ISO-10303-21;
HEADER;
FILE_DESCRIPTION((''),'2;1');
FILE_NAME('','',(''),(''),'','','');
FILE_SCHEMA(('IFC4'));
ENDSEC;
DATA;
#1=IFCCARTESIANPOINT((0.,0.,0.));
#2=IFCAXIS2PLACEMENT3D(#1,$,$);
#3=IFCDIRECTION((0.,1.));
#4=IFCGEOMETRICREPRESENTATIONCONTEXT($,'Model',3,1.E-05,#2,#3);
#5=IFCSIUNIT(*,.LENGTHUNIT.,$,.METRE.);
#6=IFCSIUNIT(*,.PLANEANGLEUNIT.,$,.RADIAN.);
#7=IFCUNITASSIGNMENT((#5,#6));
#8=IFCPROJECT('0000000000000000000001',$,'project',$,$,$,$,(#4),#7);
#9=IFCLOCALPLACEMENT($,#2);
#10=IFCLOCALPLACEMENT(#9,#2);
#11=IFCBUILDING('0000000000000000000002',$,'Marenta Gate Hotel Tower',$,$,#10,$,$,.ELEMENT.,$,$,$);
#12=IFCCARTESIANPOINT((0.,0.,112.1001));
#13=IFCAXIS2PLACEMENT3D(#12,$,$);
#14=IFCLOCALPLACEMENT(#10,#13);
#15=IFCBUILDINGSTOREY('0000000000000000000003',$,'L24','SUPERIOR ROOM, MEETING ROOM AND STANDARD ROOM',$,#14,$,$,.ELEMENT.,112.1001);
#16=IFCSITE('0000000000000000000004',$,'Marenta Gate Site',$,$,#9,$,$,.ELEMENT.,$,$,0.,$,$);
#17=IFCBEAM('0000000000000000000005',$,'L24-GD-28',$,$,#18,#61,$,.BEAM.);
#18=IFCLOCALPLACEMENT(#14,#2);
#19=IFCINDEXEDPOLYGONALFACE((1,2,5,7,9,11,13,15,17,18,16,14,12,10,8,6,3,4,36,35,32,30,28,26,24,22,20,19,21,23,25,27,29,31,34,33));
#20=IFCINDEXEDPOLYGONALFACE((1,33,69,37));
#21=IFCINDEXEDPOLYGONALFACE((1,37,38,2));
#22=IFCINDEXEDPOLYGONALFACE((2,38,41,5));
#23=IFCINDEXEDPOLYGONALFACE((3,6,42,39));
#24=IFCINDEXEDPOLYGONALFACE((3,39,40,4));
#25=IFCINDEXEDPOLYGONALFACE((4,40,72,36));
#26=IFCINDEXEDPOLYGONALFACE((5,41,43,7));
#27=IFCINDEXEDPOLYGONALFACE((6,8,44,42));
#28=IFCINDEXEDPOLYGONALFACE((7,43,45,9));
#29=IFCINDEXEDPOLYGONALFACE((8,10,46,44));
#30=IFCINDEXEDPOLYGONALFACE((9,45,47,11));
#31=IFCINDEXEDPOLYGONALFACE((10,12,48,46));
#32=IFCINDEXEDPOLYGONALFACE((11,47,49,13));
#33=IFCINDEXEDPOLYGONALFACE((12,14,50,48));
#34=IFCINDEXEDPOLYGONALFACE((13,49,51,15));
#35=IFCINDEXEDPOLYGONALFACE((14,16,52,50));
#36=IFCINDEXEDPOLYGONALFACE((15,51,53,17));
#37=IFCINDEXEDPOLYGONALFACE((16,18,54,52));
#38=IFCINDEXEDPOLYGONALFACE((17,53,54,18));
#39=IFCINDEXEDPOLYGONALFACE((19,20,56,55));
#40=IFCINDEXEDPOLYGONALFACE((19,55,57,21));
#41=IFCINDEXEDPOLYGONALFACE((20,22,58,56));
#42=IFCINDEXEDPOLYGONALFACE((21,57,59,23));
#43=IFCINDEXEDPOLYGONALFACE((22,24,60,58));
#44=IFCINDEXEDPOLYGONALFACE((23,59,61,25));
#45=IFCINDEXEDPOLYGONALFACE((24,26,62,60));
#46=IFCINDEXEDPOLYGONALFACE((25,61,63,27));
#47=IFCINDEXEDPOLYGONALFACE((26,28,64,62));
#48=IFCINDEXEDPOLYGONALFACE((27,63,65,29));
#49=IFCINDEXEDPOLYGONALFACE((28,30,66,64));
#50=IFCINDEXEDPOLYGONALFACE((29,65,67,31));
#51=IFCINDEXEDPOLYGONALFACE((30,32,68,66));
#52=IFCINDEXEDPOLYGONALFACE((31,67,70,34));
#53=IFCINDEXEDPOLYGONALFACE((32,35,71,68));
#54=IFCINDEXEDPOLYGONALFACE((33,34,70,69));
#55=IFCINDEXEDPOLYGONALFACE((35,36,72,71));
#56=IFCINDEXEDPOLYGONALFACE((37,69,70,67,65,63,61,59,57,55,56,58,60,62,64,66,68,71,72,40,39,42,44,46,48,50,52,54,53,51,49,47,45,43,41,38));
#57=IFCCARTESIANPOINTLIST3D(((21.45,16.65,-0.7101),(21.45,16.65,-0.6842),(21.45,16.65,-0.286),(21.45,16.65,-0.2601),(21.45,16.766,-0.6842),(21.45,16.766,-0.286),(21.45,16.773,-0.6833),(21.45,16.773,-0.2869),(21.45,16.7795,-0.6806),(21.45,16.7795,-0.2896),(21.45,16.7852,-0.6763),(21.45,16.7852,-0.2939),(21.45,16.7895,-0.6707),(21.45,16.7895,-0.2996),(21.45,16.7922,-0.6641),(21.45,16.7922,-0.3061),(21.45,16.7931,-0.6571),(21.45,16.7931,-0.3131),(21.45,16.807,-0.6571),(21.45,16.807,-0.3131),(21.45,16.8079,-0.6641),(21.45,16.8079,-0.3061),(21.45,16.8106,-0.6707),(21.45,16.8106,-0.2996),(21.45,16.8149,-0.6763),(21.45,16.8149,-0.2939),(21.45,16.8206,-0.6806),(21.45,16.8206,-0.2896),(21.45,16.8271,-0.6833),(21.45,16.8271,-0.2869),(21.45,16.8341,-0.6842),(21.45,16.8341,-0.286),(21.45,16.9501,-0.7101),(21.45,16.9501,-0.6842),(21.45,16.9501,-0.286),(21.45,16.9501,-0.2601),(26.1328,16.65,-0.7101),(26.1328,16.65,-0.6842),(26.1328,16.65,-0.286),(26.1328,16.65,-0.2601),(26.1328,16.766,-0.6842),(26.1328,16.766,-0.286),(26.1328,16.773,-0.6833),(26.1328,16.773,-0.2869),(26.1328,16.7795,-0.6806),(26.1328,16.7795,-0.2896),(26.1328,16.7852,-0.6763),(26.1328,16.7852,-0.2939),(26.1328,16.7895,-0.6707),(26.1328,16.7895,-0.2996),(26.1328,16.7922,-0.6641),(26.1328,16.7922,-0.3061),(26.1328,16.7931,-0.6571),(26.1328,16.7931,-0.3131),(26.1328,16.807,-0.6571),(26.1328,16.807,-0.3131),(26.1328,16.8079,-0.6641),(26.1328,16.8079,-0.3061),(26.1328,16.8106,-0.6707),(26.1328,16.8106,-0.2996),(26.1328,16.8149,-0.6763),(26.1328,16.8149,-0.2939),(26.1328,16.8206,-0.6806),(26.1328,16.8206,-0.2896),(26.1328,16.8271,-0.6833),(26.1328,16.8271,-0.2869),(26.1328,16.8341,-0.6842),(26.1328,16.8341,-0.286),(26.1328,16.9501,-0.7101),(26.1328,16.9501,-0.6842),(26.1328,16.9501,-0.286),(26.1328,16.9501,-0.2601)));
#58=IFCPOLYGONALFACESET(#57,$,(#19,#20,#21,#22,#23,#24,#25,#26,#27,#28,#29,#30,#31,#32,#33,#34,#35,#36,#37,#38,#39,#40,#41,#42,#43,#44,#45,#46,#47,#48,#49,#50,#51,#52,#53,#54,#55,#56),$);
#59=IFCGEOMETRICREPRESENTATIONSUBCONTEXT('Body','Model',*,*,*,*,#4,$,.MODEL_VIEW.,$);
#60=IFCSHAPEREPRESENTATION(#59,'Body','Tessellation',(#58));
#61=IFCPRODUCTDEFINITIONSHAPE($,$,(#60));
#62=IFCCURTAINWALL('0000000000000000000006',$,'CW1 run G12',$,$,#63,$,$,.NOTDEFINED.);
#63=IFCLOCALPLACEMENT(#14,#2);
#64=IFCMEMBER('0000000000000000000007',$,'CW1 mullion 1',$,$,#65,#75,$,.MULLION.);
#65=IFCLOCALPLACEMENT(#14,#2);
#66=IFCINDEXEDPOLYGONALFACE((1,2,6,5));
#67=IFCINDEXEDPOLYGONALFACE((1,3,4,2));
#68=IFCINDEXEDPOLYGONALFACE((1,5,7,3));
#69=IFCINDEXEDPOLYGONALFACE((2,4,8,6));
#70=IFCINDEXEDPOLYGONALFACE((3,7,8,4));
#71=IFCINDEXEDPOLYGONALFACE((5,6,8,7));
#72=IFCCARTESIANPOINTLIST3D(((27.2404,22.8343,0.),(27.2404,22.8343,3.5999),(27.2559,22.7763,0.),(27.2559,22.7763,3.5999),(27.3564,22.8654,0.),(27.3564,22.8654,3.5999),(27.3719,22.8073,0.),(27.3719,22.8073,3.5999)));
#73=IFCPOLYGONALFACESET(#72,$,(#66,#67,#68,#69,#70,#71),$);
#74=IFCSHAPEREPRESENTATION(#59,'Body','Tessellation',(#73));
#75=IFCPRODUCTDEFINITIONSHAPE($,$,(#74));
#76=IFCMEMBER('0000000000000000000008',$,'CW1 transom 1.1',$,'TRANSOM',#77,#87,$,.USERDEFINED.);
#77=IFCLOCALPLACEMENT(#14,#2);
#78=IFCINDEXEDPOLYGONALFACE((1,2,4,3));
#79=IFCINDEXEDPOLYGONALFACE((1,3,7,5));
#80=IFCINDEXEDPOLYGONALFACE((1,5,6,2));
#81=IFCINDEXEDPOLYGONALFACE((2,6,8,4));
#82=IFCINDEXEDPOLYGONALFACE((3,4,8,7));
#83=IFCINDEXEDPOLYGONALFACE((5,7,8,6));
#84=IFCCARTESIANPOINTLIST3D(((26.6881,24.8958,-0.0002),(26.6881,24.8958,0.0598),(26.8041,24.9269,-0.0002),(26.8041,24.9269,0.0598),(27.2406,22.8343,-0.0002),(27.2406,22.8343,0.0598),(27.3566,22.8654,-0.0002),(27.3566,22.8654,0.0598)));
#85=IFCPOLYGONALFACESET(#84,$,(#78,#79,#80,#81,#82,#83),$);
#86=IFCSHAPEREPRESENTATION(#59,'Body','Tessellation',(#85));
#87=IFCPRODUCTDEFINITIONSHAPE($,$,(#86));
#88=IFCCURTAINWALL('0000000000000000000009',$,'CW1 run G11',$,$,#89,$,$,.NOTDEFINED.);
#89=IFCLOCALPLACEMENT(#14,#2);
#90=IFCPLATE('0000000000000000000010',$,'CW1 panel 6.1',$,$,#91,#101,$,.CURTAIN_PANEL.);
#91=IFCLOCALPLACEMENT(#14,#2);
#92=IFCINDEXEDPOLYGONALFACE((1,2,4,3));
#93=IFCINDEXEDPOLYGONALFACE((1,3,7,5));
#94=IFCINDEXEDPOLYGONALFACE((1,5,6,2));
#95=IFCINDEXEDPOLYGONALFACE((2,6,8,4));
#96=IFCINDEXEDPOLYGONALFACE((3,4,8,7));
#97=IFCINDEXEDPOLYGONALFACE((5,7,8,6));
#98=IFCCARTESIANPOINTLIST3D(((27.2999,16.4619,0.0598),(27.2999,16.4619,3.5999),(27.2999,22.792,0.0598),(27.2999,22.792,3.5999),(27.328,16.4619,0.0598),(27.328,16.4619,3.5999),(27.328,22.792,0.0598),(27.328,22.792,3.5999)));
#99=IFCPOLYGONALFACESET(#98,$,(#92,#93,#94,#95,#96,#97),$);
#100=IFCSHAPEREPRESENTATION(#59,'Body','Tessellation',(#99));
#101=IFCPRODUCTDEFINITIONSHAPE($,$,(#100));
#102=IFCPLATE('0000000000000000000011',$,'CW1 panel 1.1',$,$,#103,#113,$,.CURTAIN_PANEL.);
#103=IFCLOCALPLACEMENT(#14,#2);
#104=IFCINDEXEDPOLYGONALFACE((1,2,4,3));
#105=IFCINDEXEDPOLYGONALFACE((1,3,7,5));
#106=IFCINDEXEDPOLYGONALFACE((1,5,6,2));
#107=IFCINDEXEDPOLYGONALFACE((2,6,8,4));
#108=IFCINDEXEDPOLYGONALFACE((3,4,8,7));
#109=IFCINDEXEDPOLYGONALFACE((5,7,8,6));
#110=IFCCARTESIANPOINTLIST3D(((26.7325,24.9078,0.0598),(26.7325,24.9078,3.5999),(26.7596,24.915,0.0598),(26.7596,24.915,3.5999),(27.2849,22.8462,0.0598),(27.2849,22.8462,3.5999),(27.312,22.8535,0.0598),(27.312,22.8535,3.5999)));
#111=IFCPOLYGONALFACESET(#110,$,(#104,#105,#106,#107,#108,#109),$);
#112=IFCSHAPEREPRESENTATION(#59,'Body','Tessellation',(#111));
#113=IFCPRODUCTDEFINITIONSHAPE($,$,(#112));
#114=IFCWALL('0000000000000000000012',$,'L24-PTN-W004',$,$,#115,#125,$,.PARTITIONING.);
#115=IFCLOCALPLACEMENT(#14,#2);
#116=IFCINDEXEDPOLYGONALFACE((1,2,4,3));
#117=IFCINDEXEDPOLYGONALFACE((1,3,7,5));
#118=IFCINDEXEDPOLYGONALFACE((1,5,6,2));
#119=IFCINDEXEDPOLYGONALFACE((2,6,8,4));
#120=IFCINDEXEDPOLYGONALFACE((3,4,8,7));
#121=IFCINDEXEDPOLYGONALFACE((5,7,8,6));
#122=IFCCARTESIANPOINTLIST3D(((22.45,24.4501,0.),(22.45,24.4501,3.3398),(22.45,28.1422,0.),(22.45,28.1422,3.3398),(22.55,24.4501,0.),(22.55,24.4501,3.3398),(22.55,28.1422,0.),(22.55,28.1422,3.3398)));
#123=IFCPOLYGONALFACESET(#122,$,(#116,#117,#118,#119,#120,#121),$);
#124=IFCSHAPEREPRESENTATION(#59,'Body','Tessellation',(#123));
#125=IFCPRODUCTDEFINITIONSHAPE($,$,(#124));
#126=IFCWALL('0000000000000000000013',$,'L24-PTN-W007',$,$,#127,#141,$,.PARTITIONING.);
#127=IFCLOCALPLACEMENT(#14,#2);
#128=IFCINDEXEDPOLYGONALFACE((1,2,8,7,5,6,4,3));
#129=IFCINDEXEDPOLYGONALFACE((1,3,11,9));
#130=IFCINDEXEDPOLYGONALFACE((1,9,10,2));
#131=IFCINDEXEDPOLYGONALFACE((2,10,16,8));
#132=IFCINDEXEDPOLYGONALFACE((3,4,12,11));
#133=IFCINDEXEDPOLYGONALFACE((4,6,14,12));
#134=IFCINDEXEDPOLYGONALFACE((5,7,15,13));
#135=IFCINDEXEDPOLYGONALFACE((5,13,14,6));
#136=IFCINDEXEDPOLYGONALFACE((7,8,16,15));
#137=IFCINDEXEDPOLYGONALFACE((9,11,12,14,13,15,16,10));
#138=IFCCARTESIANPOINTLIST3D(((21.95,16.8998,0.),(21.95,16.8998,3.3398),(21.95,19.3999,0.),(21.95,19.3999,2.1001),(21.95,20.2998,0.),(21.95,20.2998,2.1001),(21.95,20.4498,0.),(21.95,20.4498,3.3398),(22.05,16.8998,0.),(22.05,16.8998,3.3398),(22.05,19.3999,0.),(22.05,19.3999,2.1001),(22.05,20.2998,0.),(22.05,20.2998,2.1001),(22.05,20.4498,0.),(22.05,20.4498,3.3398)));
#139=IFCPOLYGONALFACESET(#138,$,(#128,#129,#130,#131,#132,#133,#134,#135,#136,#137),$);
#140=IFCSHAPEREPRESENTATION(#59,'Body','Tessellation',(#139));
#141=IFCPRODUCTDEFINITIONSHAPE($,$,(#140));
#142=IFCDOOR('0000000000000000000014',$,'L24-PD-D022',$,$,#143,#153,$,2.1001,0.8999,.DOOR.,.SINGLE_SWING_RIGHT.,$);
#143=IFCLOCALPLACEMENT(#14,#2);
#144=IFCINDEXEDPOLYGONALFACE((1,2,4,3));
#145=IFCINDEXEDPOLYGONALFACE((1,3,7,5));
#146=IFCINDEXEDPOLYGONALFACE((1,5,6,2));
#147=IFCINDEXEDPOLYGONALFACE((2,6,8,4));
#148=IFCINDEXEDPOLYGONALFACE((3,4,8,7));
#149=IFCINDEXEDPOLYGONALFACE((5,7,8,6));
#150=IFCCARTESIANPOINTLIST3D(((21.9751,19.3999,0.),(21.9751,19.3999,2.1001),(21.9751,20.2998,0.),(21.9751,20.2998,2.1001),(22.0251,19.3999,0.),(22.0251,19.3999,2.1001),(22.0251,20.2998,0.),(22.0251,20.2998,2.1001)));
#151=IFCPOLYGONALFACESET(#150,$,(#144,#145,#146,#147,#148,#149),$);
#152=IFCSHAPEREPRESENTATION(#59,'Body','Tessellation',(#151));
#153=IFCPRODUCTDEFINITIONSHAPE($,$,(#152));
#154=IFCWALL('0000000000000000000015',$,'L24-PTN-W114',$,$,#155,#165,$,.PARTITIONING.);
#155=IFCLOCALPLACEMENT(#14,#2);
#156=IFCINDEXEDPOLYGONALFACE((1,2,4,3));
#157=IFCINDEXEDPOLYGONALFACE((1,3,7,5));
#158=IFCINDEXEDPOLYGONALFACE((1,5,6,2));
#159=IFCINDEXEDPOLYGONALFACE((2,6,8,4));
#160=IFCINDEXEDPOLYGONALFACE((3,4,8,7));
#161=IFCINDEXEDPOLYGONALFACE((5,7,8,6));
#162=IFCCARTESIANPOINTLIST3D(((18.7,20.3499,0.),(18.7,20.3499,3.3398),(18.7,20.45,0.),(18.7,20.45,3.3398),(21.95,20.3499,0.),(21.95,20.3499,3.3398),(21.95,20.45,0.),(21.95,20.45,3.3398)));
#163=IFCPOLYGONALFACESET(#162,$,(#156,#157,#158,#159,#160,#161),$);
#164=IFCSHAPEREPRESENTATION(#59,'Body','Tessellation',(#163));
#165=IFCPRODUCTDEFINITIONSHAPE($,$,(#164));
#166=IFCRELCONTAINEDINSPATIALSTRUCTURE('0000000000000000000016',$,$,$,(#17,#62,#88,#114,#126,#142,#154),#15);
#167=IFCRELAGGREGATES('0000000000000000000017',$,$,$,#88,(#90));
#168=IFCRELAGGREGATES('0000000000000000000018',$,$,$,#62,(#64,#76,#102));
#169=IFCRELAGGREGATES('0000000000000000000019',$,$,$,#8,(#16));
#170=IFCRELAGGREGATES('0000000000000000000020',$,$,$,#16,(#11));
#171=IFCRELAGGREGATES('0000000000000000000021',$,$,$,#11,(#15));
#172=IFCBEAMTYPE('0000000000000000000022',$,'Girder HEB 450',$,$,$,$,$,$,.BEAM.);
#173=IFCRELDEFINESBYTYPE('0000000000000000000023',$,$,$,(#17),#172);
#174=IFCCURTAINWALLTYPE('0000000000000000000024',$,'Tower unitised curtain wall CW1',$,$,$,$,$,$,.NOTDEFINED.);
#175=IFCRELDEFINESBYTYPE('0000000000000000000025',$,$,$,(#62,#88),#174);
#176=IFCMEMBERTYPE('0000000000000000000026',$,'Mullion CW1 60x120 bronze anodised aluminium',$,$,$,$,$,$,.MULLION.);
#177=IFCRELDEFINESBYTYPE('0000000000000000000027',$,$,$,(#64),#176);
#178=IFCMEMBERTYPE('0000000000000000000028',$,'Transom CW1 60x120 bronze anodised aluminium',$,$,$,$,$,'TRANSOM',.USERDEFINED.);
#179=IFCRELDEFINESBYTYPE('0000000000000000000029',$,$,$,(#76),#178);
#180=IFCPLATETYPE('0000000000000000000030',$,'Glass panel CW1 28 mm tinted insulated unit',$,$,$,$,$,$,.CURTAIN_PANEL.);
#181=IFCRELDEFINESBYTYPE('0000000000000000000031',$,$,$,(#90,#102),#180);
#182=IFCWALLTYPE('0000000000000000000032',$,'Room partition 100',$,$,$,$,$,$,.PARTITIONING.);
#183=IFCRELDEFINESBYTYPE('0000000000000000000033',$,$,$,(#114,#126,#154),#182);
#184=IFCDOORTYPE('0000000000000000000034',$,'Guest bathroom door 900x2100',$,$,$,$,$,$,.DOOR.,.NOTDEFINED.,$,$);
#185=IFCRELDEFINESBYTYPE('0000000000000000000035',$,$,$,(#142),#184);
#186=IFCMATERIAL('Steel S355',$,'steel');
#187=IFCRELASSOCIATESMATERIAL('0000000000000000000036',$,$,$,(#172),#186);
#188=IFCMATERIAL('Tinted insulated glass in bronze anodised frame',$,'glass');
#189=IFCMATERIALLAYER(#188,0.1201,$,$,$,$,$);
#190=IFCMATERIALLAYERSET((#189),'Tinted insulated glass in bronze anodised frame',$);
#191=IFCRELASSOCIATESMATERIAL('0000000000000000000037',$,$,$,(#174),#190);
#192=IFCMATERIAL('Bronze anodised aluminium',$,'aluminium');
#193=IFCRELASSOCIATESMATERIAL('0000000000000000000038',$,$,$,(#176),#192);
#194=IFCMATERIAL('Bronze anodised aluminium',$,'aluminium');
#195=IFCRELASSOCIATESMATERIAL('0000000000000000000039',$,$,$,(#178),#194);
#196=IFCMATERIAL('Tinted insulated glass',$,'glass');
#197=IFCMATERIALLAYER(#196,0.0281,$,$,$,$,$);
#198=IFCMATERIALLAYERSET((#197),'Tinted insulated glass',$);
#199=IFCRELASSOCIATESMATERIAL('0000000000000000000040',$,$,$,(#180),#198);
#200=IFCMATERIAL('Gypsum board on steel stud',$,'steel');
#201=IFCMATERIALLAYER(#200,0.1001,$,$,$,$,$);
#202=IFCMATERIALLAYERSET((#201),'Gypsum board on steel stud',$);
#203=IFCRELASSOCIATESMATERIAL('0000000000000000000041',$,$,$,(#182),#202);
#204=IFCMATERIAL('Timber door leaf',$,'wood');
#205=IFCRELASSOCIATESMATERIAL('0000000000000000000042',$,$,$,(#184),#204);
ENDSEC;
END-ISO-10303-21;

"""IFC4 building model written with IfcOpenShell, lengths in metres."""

from ifc_helpers import new_model, si_unit, direction, frame, frame_2d, origin, origin_2d, place, context, subcontext, project, spatial, rectangle, i_section, extrude, material, layer, layer_set, material_profile, profile_set, type_object, element, fill, aggregate, save


model = new_model("IFC4")

# Units and contexts
model_context = context("Model", 3, precision=1e-05, world=origin(), true_north=direction((0.0, 1.0)))
body_context = subcontext(model_context, "Body", "Model", "MODEL_VIEW")
ifc_project = project(units=[si_unit("LENGTHUNIT", "METRE"), si_unit("PLANEANGLEUNIT", "RADIAN")], contexts=[model_context])

# Site, building, storey
site_placement = place(None, origin())
site = spatial("IfcSite", under=ifc_project, at=site_placement, Name="Marenta Gate Site", CompositionType="ELEMENT", RefElevation=0.0)
building_placement = place(site_placement, origin())
building = spatial("IfcBuilding", under=site, at=building_placement, Name="Marenta Gate Hotel Tower", CompositionType="ELEMENT")
storey_placement = place(building_placement, frame((0.0, 0.0, 112.1001)))
storey = spatial("IfcBuildingStorey", under=building, at=storey_placement, Name="L24", Description="SUPERIOR ROOM, MEETING ROOM AND STANDARD ROOM", CompositionType="ELEMENT", Elevation=112.1001)

# Beam
ifc_material_1 = material(Name="Steel S355", Category="steel")
ifc_material_profile_1 = material_profile(ifc_material_1, i_section(OverallWidth=0.3, OverallDepth=0.45, WebThickness=0.0139, FlangeThickness=0.0259, FilletRadius=0.0271, at=origin_2d()), Name="HEB 450")
ifc_profile_set_1 = profile_set([ifc_material_profile_1], Name="Steel S355")
beam_type_1 = type_object("IfcBeamType", Name="Girder HEB 450", PredefinedType="BEAM", material=ifc_profile_set_1)
beam_1_placement = place(storey_placement, frame((21.45, 16.8, -0.4851), z_axis=(1.0, 0.0, 0.0), x_axis=(0.0, 1.0, 0.0)))
element("IfcBeam", 1, at=beam_1_placement, inside=storey, type_object=beam_type_1, Name="L24-GD-28", PredefinedType="BEAM", context=body_context, shape_type="SweptSolid", body=[
    extrude(i_section(OverallWidth=0.3, OverallDepth=0.45, WebThickness=0.0139, FlangeThickness=0.0259, FilletRadius=0.0271, at=origin_2d()), origin(), (0.0, 0.0, 1.0), 4.6829),
])

# Curtain wall, members
ifc_material_2 = material(Name="Tinted insulated glass in bronze anodised frame", Category="glass")
ifc_layer_1 = layer(ifc_material_2, 0.1201)
ifc_layer_set_1 = layer_set([ifc_layer_1], Name="Tinted insulated glass in bronze anodised frame")
curtain_wall_type = type_object("IfcCurtainWallType", Name="Tower unitised curtain wall CW1", PredefinedType="NOTDEFINED", material=ifc_layer_set_1)
curtain_wall_1_placement = place(storey_placement, origin())
curtain_wall_1 = element("IfcCurtainWall", 2, at=curtain_wall_1_placement, inside=storey, type_object=curtain_wall_type, Name="CW1 run G12", PredefinedType="NOTDEFINED")
ifc_material_3 = material(Name="Bronze anodised aluminium", Category="aluminium")
ifc_material_profile_2 = material_profile(ifc_material_3, rectangle(XDim=0.1201, YDim=0.0601, at=origin_2d()), Name="Mullion CW1 60x120 bronze anodised aluminium")
ifc_profile_set_2 = profile_set([ifc_material_profile_2], Name="Bronze anodised aluminium")
member_type_1 = type_object("IfcMemberType", Name="Mullion CW1 60x120 bronze anodised aluminium", PredefinedType="MULLION", material=ifc_profile_set_2)
member_1_placement = place(storey_placement, frame((27.3062, 22.8208, 0.0), z_axis=(0.0, 0.0, 1.0), x_axis=(-0.965925, -0.258823, 0.0)))
member_1 = element("IfcMember", 3, at=member_1_placement, type_object=member_type_1, Name="CW1 mullion 1", PredefinedType="MULLION", context=body_context, shape_type="SweptSolid", body=[
    extrude(rectangle(XDim=0.1201, YDim=0.0601, at=origin_2d()), origin(), (0.0, 0.0, 1.0), 3.5999),
])
ifc_material_4 = material(Name="Bronze anodised aluminium", Category="aluminium")
ifc_material_profile_3 = material_profile(ifc_material_4, rectangle(XDim=0.1201, YDim=0.0601, at=origin_2d()), Name="Transom CW1 60x120 bronze anodised aluminium")
ifc_profile_set_3 = profile_set([ifc_material_profile_3], Name="Bronze anodised aluminium")
member_type_2 = type_object("IfcMemberType", Name="Transom CW1 60x120 bronze anodised aluminium", ElementType="TRANSOM", PredefinedType="USERDEFINED", material=ifc_profile_set_3)
member_2_placement = place(storey_placement, frame((27.2986, 22.8499, 0.0298), z_axis=(-0.258866, 0.965913, 0.0), x_axis=(-0.965913, -0.258866, 0.0)))
member_2 = element("IfcMember", 4, at=member_2_placement, type_object=member_type_2, Name="CW1 transom 1.1", ObjectType="TRANSOM", PredefinedType="USERDEFINED", context=body_context, shape_type="SweptSolid", body=[
    extrude(rectangle(XDim=0.1201, YDim=0.0601, at=origin_2d()), origin(), (0.0, 0.0, 1.0), 2.1343),
])

# Curtain wall, plate
curtain_wall_2_placement = place(storey_placement, origin())
curtain_wall_2 = element("IfcCurtainWall", 5, at=curtain_wall_2_placement, inside=storey, type_object=curtain_wall_type, Name="CW1 run G11", PredefinedType="NOTDEFINED")
ifc_material_5 = material(Name="Tinted insulated glass", Category="glass")
ifc_layer_2 = layer(ifc_material_5, 0.0281)
ifc_layer_set_2 = layer_set([ifc_layer_2], Name="Tinted insulated glass")
plate_type = type_object("IfcPlateType", Name="Glass panel CW1 28 mm tinted insulated unit", PredefinedType="CURTAIN_PANEL", material=ifc_layer_set_2)
plate_1_placement = place(storey_placement, frame((27.314, 19.627, 0.0598), z_axis=(0.0, 0.0, 1.0), x_axis=(0.0, 1.0, 0.0)))
plate_1 = element("IfcPlate", 6, at=plate_1_placement, type_object=plate_type, Name="CW1 panel 6.1", PredefinedType="CURTAIN_PANEL", context=body_context, shape_type="SweptSolid", body=[
    extrude(rectangle(XDim=6.3301, YDim=0.0281, at=origin_2d()), origin(), (0.0, 0.0, 1.0), 3.54),
])
aggregate(curtain_wall_2, [plate_1])

# Plate
plate_2_placement = place(storey_placement, frame((27.0222, 23.8806, 0.0598), z_axis=(0.0, 0.0, 1.0), x_axis=(-0.258823, 0.965925, 0.0)))
plate_2 = element("IfcPlate", 7, at=plate_2_placement, type_object=plate_type, Name="CW1 panel 1.1", PredefinedType="CURTAIN_PANEL", context=body_context, shape_type="SweptSolid", body=[
    extrude(rectangle(XDim=2.1343, YDim=0.0281, at=origin_2d()), origin(), (0.0, 0.0, 1.0), 3.54),
])
aggregate(curtain_wall_1, [member_1, member_2, plate_2])

# Wall
ifc_material_6 = material(Name="Gypsum board on steel stud", Category="steel")
ifc_layer_3 = layer(ifc_material_6, 0.1001)
ifc_layer_set_3 = layer_set([ifc_layer_3], Name="Gypsum board on steel stud")
wall_type_1 = type_object("IfcWallType", Name="Room partition 100", PredefinedType="PARTITIONING", material=ifc_layer_set_3)
wall_1_placement = place(storey_placement, frame((22.5, 24.45, 0.0), z_axis=(0.0, 0.0, 1.0), x_axis=(0.0, 1.0, 0.0)))
element("IfcWall", 8, at=wall_1_placement, inside=storey, type_object=wall_type_1, Name="L24-PTN-W004", PredefinedType="PARTITIONING", context=body_context, shape_type="SweptSolid", body=[
    extrude(rectangle(XDim=3.6921, YDim=0.1001, at=frame_2d((1.8462, 0.0))), origin(), (0.0, 0.0, 1.0), 3.3398),
])

# Wall, opening, door
wall_2_placement = place(storey_placement, frame((22.0, 16.8999, 0.0), z_axis=(0.0, 0.0, 1.0), x_axis=(0.0, 1.0, 0.0)))
wall_2 = element("IfcWall", 9, at=wall_2_placement, inside=storey, type_object=wall_type_1, Name="L24-PTN-W007", PredefinedType="PARTITIONING", context=body_context, shape_type="SweptSolid", body=[
    extrude(rectangle(XDim=3.55, YDim=0.1001, at=frame_2d((1.7749, 0.0))), origin(), (0.0, 0.0, 1.0), 3.3398),
])
opening_1_placement = place(wall_2_placement, frame((2.5, 0.0, 0.0)))
opening_1 = element("IfcOpeningElement", 10, at=opening_1_placement, cuts=wall_2, PredefinedType="OPENING", context=body_context, shape_type="SweptSolid", body=[
    extrude(rectangle(XDim=0.8999, YDim=2.1001, at=frame_2d((0.45, 1.05))), frame((0.0, 0.05, 0.0), z_axis=(0.0, -1.0, 0.0), x_axis=(1.0, 0.0, 0.0)), (0.0, 0.0, 1.0), 0.1001),
])
ifc_material_7 = material(Name="Timber door leaf", Category="wood")
door_type = type_object("IfcDoorType", Name="Guest bathroom door 900x2100", OperationType="NOTDEFINED", PredefinedType="DOOR", material=ifc_material_7)
door_1_placement = place(opening_1_placement, origin())
door_1 = element("IfcDoor", 11, at=door_1_placement, inside=storey, type_object=door_type, Name="L24-PD-D022", OperationType="SINGLE_SWING_RIGHT", OverallHeight=2.1001, OverallWidth=0.8999, PredefinedType="DOOR", context=body_context, shape_type="SweptSolid", body=[
    extrude(rectangle(XDim=0.8999, YDim=2.1001, at=frame_2d((0.45, 1.05))), frame((0.0, 0.0249, 0.0), z_axis=(0.0, -1.0, 0.0), x_axis=(1.0, 0.0, 0.0)), (0.0, 0.0, 1.0), 0.05),
])
fill(opening_1, door_1)

# Wall
wall_3_placement = place(storey_placement, frame((18.7, 20.3999, 0.0), z_axis=(0.0, 0.0, 1.0), x_axis=(1.0, 0.0, 0.0)))
element("IfcWall", 12, at=wall_3_placement, inside=storey, type_object=wall_type_1, Name="L24-PTN-W114", PredefinedType="PARTITIONING", context=body_context, shape_type="SweptSolid", body=[
    extrude(rectangle(XDim=3.25, YDim=0.1001, at=frame_2d((1.625, 0.0))), origin(), (0.0, 0.0, 1.0), 3.3398),
])

save(model, "model.ifc")
